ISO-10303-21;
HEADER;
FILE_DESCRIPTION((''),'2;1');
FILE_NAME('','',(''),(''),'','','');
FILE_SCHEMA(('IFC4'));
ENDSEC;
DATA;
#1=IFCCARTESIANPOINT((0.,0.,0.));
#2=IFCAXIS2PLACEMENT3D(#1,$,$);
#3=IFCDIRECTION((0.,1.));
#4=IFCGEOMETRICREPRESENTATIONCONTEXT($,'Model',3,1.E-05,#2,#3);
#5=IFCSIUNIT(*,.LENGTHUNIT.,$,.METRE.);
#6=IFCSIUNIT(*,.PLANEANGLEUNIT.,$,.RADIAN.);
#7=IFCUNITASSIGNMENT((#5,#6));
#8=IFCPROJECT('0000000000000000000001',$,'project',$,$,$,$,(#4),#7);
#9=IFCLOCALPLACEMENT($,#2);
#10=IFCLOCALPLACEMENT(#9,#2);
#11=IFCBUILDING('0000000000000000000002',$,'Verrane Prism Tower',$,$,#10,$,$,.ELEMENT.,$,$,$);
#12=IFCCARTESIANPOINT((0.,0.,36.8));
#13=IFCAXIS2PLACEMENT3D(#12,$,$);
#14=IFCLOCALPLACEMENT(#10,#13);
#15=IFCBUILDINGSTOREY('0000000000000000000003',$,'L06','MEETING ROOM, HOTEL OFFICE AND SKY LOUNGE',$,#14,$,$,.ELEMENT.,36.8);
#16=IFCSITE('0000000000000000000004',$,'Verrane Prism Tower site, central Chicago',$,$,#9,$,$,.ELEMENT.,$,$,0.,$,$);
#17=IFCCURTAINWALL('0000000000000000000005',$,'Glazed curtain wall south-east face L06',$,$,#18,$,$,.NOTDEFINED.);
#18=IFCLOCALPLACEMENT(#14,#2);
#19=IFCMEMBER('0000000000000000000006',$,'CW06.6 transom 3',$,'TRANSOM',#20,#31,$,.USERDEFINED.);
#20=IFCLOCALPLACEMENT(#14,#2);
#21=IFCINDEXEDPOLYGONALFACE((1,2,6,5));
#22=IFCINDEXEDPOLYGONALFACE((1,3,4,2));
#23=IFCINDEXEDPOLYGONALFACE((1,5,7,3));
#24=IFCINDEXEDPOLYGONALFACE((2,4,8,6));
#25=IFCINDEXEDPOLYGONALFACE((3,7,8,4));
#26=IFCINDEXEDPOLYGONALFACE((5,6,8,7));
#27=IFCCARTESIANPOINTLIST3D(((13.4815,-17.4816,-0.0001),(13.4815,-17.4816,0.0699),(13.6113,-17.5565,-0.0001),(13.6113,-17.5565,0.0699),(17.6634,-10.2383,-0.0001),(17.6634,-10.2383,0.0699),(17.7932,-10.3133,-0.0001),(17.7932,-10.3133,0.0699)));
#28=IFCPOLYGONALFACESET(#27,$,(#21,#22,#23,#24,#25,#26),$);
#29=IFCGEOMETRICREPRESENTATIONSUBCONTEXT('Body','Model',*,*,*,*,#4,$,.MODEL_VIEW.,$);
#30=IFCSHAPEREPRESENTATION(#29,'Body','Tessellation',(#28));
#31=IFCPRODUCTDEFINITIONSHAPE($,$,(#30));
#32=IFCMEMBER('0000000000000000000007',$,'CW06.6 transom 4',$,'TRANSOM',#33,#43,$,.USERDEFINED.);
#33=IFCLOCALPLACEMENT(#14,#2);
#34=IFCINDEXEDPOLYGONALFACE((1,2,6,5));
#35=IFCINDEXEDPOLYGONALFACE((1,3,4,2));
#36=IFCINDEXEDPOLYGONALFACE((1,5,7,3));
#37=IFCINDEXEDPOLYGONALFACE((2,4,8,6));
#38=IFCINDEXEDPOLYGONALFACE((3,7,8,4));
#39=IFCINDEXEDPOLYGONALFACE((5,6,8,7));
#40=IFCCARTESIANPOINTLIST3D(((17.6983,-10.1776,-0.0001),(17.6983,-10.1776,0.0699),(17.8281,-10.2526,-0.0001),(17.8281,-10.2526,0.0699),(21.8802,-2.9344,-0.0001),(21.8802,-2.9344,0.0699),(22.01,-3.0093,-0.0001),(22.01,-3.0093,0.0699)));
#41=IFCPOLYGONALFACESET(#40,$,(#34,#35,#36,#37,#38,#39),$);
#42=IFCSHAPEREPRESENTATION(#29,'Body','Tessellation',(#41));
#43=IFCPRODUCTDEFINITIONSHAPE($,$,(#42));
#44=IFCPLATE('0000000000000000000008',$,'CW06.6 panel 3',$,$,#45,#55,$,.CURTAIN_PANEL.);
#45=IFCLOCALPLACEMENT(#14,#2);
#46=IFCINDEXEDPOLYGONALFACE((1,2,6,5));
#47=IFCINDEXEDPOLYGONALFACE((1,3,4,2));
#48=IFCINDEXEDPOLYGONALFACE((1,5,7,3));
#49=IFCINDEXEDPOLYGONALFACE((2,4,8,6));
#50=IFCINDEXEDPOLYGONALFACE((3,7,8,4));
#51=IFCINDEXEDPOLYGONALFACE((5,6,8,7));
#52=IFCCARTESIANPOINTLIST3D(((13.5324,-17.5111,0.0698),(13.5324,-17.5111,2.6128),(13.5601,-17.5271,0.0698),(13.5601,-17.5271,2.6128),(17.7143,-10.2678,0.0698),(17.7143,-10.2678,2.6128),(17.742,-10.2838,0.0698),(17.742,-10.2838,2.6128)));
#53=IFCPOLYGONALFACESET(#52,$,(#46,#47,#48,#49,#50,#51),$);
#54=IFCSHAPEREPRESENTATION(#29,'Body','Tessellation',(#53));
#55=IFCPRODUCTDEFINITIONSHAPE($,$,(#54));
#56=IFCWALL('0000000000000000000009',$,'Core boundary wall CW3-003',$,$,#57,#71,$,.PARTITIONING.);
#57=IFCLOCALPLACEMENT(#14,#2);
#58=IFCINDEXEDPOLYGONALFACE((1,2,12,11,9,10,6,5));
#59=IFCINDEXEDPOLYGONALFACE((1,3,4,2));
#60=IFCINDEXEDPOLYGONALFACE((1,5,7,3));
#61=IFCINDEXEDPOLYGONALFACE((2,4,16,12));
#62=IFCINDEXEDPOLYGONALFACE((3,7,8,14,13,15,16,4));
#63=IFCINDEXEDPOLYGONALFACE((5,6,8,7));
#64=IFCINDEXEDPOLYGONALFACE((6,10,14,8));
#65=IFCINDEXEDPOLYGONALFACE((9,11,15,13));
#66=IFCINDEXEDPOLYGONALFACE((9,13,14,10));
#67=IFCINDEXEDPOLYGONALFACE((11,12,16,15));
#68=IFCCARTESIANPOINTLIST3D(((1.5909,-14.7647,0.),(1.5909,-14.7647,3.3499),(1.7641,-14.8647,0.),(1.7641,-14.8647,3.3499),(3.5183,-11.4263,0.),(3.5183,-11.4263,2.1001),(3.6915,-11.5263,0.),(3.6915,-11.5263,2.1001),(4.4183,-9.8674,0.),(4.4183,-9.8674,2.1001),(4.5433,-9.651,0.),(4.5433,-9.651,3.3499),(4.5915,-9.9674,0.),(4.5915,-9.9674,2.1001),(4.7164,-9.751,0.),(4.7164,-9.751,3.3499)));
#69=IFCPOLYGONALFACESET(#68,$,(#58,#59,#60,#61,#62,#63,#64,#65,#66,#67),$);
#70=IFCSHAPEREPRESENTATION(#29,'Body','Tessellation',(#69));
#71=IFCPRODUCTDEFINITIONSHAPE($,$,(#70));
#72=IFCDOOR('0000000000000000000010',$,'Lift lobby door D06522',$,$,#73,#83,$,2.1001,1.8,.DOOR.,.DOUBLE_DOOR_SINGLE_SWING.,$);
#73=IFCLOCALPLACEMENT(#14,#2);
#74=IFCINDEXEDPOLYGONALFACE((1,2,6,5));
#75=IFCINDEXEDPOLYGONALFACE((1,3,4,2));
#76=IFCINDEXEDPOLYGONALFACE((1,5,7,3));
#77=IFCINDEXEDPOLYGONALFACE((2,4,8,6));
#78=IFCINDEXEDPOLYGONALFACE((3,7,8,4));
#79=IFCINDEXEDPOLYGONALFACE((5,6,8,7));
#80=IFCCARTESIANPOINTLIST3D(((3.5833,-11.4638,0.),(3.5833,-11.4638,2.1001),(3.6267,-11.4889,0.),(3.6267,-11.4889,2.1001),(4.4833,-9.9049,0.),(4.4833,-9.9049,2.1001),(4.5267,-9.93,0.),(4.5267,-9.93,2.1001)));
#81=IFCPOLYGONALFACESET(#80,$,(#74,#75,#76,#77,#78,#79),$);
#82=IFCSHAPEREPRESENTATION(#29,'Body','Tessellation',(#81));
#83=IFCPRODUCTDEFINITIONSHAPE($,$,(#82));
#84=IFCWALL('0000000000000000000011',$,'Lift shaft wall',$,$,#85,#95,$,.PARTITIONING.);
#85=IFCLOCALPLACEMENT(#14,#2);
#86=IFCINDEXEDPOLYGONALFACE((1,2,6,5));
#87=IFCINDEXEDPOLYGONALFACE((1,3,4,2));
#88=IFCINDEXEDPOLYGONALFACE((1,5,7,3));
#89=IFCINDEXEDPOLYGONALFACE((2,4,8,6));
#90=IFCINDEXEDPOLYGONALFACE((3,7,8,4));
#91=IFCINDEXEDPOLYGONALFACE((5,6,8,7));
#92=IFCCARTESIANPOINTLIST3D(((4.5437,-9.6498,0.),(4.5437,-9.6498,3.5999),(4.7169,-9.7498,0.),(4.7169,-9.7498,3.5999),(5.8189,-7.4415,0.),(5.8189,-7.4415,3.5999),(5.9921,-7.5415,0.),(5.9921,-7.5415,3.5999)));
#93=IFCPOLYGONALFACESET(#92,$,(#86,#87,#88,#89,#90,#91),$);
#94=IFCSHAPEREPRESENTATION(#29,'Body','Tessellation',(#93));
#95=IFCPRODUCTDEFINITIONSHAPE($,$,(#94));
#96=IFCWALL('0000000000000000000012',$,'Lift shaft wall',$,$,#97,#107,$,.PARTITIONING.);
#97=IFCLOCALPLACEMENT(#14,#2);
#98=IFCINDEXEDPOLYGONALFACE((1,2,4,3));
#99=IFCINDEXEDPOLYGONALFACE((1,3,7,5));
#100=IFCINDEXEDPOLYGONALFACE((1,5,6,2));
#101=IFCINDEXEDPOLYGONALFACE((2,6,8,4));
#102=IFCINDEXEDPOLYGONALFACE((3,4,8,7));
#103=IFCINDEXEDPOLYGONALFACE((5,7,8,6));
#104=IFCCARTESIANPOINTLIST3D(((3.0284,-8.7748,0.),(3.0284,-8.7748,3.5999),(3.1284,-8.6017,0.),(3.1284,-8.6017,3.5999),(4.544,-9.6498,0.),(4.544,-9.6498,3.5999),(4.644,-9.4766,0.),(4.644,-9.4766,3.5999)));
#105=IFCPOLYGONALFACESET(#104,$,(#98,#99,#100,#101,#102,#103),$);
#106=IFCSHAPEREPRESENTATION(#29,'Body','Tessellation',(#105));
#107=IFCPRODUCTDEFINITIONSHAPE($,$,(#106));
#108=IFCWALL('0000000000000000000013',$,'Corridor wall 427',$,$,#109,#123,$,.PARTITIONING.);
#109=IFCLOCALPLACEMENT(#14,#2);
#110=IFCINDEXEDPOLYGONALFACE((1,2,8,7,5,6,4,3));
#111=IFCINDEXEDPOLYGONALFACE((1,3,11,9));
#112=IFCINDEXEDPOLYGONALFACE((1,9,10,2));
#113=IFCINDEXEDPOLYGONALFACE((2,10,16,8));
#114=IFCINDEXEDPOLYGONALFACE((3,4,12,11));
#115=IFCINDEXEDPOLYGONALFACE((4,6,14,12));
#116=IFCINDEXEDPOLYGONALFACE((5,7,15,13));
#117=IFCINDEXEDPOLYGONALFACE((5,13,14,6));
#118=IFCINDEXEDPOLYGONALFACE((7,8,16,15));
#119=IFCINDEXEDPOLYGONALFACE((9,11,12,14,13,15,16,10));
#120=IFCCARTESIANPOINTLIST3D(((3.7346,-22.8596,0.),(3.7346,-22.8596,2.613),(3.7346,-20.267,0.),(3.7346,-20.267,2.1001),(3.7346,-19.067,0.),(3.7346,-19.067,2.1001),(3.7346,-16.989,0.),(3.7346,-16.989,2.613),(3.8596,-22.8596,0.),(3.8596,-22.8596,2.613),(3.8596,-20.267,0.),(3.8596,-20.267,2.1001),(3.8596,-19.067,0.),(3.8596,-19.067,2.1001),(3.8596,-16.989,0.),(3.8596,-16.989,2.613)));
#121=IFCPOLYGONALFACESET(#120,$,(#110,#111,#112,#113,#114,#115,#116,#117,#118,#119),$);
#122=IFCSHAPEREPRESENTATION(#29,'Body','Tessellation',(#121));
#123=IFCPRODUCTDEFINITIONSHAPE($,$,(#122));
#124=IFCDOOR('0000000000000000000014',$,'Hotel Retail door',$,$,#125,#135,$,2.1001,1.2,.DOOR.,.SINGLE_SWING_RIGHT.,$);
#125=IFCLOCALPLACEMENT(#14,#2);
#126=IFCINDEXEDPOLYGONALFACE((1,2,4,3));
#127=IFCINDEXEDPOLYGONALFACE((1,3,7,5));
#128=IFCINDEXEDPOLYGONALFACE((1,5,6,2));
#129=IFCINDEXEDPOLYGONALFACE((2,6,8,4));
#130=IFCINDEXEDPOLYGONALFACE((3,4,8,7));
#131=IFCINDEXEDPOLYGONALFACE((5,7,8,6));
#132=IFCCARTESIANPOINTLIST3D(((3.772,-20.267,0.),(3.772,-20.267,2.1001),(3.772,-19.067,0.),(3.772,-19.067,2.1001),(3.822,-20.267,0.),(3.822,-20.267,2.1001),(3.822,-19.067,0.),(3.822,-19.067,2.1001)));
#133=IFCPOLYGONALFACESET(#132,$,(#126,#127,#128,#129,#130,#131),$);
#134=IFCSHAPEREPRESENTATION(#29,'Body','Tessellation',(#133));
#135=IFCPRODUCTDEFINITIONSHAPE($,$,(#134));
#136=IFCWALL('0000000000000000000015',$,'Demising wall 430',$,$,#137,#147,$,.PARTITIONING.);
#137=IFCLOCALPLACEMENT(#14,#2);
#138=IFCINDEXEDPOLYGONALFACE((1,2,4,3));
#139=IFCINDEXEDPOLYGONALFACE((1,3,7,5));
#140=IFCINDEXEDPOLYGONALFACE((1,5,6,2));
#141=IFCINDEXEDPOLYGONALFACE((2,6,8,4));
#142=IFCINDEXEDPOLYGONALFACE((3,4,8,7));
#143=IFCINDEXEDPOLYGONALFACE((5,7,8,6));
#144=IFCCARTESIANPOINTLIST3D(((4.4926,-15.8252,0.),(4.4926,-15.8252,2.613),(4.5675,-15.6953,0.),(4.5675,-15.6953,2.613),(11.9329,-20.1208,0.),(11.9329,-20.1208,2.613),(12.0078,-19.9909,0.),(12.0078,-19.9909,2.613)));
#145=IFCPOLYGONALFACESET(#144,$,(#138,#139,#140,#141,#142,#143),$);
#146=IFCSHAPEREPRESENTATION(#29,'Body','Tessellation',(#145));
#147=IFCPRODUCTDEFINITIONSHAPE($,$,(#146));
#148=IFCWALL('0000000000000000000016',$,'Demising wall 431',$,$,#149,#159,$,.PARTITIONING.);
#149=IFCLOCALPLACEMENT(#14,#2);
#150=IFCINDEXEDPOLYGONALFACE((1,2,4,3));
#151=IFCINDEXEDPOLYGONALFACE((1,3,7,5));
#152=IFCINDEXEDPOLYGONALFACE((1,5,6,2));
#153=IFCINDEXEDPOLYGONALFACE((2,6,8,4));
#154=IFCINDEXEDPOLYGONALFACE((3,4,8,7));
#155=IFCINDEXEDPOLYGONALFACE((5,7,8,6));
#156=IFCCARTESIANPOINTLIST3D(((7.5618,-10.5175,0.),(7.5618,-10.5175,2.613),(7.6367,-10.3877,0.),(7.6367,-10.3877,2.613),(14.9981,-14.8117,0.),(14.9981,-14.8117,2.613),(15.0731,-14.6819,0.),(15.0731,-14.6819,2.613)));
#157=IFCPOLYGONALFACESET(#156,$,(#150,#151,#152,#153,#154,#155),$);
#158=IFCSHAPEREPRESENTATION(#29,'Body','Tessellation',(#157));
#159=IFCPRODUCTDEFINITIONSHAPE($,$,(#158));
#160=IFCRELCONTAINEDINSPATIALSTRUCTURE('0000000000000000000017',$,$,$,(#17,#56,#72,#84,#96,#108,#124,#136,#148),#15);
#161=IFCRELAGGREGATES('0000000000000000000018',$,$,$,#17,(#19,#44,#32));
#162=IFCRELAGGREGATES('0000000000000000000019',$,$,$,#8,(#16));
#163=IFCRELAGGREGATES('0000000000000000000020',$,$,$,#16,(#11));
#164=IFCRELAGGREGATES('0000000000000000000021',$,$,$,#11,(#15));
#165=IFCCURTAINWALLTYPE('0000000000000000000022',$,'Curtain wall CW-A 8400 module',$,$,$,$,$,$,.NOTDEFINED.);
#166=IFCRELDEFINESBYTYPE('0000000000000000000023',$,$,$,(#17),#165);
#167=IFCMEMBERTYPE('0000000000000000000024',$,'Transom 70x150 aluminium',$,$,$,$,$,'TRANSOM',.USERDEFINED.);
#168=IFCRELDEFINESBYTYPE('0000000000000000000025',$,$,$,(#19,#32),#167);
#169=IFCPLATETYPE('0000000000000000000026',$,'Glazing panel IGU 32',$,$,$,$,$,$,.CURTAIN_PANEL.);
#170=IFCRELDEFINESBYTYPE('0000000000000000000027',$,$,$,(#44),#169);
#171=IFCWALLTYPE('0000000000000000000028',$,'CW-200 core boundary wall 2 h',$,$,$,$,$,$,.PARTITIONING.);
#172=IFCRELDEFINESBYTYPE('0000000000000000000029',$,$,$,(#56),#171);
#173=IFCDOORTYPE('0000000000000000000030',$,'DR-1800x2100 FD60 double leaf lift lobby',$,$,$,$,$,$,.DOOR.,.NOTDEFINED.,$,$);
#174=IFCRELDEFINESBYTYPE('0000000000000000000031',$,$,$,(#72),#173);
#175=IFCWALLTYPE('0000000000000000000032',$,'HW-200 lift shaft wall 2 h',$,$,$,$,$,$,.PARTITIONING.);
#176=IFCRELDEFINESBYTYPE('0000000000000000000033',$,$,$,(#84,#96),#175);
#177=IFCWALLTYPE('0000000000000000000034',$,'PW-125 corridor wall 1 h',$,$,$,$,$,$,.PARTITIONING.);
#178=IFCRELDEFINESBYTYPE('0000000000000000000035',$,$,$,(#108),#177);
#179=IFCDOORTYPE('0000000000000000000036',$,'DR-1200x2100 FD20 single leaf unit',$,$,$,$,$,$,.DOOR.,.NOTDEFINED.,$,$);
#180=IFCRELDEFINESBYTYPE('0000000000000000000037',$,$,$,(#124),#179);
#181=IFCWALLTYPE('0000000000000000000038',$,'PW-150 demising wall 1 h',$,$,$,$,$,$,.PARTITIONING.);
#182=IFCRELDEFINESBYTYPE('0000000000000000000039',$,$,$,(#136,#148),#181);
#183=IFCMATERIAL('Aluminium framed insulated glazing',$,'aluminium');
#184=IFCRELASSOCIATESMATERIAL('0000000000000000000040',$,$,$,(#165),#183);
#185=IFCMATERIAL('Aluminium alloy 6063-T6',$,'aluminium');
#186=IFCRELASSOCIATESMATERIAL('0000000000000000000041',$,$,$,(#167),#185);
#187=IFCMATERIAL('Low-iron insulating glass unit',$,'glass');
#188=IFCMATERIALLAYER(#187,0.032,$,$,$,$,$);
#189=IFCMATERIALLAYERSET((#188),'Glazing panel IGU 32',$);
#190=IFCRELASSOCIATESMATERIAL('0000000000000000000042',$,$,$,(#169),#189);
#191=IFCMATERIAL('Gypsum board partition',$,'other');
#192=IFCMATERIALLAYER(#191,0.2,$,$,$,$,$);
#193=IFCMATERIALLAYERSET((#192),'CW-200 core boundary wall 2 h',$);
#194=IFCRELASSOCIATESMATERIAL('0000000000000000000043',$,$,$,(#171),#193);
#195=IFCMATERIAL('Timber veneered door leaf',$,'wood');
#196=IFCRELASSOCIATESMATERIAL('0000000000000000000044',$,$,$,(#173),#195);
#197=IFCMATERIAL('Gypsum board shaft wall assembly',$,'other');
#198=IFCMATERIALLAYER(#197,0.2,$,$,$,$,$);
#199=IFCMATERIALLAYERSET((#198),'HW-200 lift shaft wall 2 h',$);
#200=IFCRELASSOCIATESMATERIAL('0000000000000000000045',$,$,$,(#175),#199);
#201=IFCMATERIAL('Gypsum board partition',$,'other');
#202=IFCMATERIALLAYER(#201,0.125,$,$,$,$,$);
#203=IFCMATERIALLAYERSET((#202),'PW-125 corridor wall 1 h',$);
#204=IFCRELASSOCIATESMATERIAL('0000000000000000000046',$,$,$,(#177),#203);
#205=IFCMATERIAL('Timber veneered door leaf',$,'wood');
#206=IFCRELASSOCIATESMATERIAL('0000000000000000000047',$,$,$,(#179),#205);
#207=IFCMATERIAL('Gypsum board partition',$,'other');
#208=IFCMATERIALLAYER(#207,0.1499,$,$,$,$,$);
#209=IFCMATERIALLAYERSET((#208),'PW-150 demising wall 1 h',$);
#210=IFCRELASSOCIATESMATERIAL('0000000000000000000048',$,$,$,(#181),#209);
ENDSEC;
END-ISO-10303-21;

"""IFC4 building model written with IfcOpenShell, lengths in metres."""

from ifc_helpers import new_model, si_unit, direction, frame, frame_2d, origin, origin_2d, place, context, subcontext, project, spatial, rectangle, extrude, material, layer, layer_set, material_profile, profile_set, type_object, element, fill, aggregate, save


model = new_model("IFC4")

# Units and contexts
model_context = context("Model", 3, precision=1e-05, world=origin(), true_north=direction((0.0, 1.0)))
body_context = subcontext(model_context, "Body", "Model", "MODEL_VIEW")
ifc_project = project(units=[si_unit("LENGTHUNIT", "METRE"), si_unit("PLANEANGLEUNIT", "RADIAN")], contexts=[model_context])

# Site, building, storey
site_placement = place(None, origin())
site = spatial("IfcSite", under=ifc_project, at=site_placement, Name="Verrane Prism Tower site, central Chicago", CompositionType="ELEMENT", RefElevation=0.0)
building_placement = place(site_placement, origin())
building = spatial("IfcBuilding", under=site, at=building_placement, Name="Verrane Prism Tower", CompositionType="ELEMENT")
storey_placement = place(building_placement, frame((0.0, 0.0, 36.8)))
storey = spatial("IfcBuildingStorey", under=building, at=storey_placement, Name="L06", Description="MEETING ROOM, HOTEL OFFICE AND SKY LOUNGE", CompositionType="ELEMENT", Elevation=36.8)

# Curtain wall
ifc_material_1 = material(Name="Aluminium framed insulated glazing", Category="aluminium")
curtain_wall_type = type_object("IfcCurtainWallType", Name="Curtain wall CW-A 8400 module", PredefinedType="NOTDEFINED", material=ifc_material_1)
curtain_wall_placement = place(storey_placement, origin())
curtain_wall = element("IfcCurtainWall", 1, at=curtain_wall_placement, inside=storey, type_object=curtain_wall_type, Name="Glazed curtain wall south-east face L06", PredefinedType="NOTDEFINED")

# Members
ifc_material_2 = material(Name="Aluminium alloy 6063-T6", Category="aluminium")
ifc_material_profile_1 = material_profile(ifc_material_2, rectangle(XDim=0.1499, YDim=0.0701, at=origin_2d()), Name="Transom 70x150 aluminium")
ifc_profile_set_1 = profile_set([ifc_material_profile_1], Name="Aluminium alloy 6063-T6")
member_type_1 = type_object("IfcMemberType", Name="Transom 70x150 aluminium", ElementType="TRANSOM", PredefinedType="USERDEFINED", material=ifc_profile_set_1)
member_1_placement = place(storey_placement, frame((13.5464, -17.519, 0.0349), z_axis=(0.500004, 0.866023, 0.0), x_axis=(-0.866023, 0.500004, 0.0)))
member_1 = element("IfcMember", 2, at=member_1_placement, type_object=member_type_1, Name="CW06.6 transom 3", ObjectType="TRANSOM", PredefinedType="USERDEFINED", context=body_context, shape_type="SweptSolid", body=[
    extrude(rectangle(XDim=0.1499, YDim=0.0701, at=origin_2d()), origin(), (0.0, 0.0, 1.0), 8.3638),
])
member_2_placement = place(storey_placement, frame((17.7632, -10.2151, 0.0349), z_axis=(0.500004, 0.866023, 0.0), x_axis=(-0.866023, 0.500004, 0.0)))
member_2 = element("IfcMember", 3, at=member_2_placement, type_object=member_type_1, Name="CW06.6 transom 4", ObjectType="TRANSOM", PredefinedType="USERDEFINED", context=body_context, shape_type="SweptSolid", body=[
    extrude(rectangle(XDim=0.1499, YDim=0.0701, at=origin_2d()), origin(), (0.0, 0.0, 1.0), 8.3638),
])

# Plate
ifc_material_3 = material(Name="Low-iron insulating glass unit", Category="glass")
ifc_layer_1 = layer(ifc_material_3, 0.032)
ifc_layer_set_1 = layer_set([ifc_layer_1], Name="Glazing panel IGU 32")
plate_type = type_object("IfcPlateType", Name="Glazing panel IGU 32", PredefinedType="CURTAIN_PANEL", material=ifc_layer_set_1)
plate_placement = place(storey_placement, frame((15.6372, -13.8975, 0.0698), z_axis=(0.0, 0.0, 1.0), x_axis=(0.5, 0.866025, 0.0)))
plate = element("IfcPlate", 4, at=plate_placement, type_object=plate_type, Name="CW06.6 panel 3", PredefinedType="CURTAIN_PANEL", context=body_context, shape_type="SweptSolid", body=[
    extrude(rectangle(XDim=8.3638, YDim=0.032, at=origin_2d()), origin(), (0.0, 0.0, 1.0), 2.543),
])
aggregate(curtain_wall, [member_1, plate, member_2])

# Wall, opening, door
ifc_material_4 = material(Name="Gypsum board partition", Category="other")
ifc_layer_2 = layer(ifc_material_4, 0.2)
ifc_layer_set_2 = layer_set([ifc_layer_2], Name="CW-200 core boundary wall 2 h")
wall_type_1 = type_object("IfcWallType", Name="CW-200 core boundary wall 2 h", PredefinedType="PARTITIONING", material=ifc_layer_set_2)
wall_1_placement = place(storey_placement, frame((1.6775, -14.8147, 0.0), z_axis=(0.0, 0.0, 1.0), x_axis=(0.499994, 0.866029, 0.0)))
wall_1 = element("IfcWall", 5, at=wall_1_placement, inside=storey, type_object=wall_type_1, Name="Core boundary wall CW3-003", PredefinedType="PARTITIONING", context=body_context, shape_type="SweptSolid", body=[
    extrude(rectangle(XDim=5.9048, YDim=0.2, at=frame_2d((2.9524, 0.0))), origin(), (0.0, 0.0, 1.0), 3.3499),
])
opening_1_placement = place(wall_1_placement, frame((3.855, 0.0, 0.0)))
opening_1 = element("IfcOpeningElement", 6, at=opening_1_placement, cuts=wall_1, PredefinedType="OPENING", context=body_context, shape_type="SweptSolid", body=[
    extrude(rectangle(XDim=1.8, YDim=2.1001, at=frame_2d((0.8999, 1.05))), frame((0.0, 0.1099, 0.0), z_axis=(0.0, -1.0, 0.0), x_axis=(1.0, 0.0, 0.0)), (0.0, 0.0, 1.0), 0.22),
])
ifc_material_5 = material(Name="Timber veneered door leaf", Category="wood")
door_type_1 = type_object("IfcDoorType", Name="DR-1800x2100 FD60 double leaf lift lobby", OperationType="NOTDEFINED", PredefinedType="DOOR", material=ifc_material_5)
door_1_placement = place(opening_1_placement, origin())
door_1 = element("IfcDoor", 7, at=door_1_placement, inside=storey, type_object=door_type_1, Name="Lift lobby door D06522", OperationType="DOUBLE_DOOR_SINGLE_SWING", OverallHeight=2.1001, OverallWidth=1.8, PredefinedType="DOOR", context=body_context, shape_type="SweptSolid", body=[
    extrude(rectangle(XDim=1.8, YDim=2.1001, at=frame_2d((0.8999, 1.05))), frame((0.0, 0.0249, 0.0), z_axis=(0.0, -1.0, 0.0), x_axis=(1.0, 0.0, 0.0)), (0.0, 0.0, 1.0), 0.05),
])
fill(opening_1, door_1)

# Walls
ifc_material_6 = material(Name="Gypsum board shaft wall assembly", Category="other")
ifc_layer_3 = layer(ifc_material_6, 0.2)
ifc_layer_set_3 = layer_set([ifc_layer_3], Name="HW-200 lift shaft wall 2 h")
wall_type_2 = type_object("IfcWallType", Name="HW-200 lift shaft wall 2 h", PredefinedType="PARTITIONING", material=ifc_layer_set_3)
wall_2_placement = place(storey_placement, frame((4.6304, -9.6997, 0.0), z_axis=(0.0, 0.0, 1.0), x_axis=(0.500062, 0.865989, 0.0)))
element("IfcWall", 8, at=wall_2_placement, inside=storey, type_object=wall_type_2, Name="Lift shaft wall", PredefinedType="PARTITIONING", context=body_context, shape_type="SweptSolid", body=[
    extrude(rectangle(XDim=2.55, YDim=0.2, at=frame_2d((1.2749, 0.0))), origin(), (0.0, 0.0, 1.0), 3.5999),
])
wall_3_placement = place(storey_placement, frame((4.594, -9.5632, 0.0), z_axis=(0.0, 0.0, 1.0), x_axis=(-0.866037, 0.49998, 0.0)))
element("IfcWall", 9, at=wall_3_placement, inside=storey, type_object=wall_type_2, Name="Lift shaft wall", PredefinedType="PARTITIONING", context=body_context, shape_type="SweptSolid", body=[
    extrude(rectangle(XDim=1.75, YDim=0.2, at=frame_2d((0.875, 0.0))), origin(), (0.0, 0.0, 1.0), 3.5999),
])

# Wall, opening, door
ifc_material_7 = material(Name="Gypsum board partition", Category="other")
ifc_layer_4 = layer(ifc_material_7, 0.125)
ifc_layer_set_4 = layer_set([ifc_layer_4], Name="PW-125 corridor wall 1 h")
wall_type_3 = type_object("IfcWallType", Name="PW-125 corridor wall 1 h", PredefinedType="PARTITIONING", material=ifc_layer_set_4)
wall_4_placement = place(storey_placement, frame((3.7971, -16.989, 0.0), z_axis=(0.0, 0.0, 1.0), x_axis=(0.0, -1.0, 0.0)))
wall_4 = element("IfcWall", 10, at=wall_4_placement, inside=storey, type_object=wall_type_3, Name="Corridor wall 427", PredefinedType="PARTITIONING", context=body_context, shape_type="SweptSolid", body=[
    extrude(rectangle(XDim=5.8706, YDim=0.125, at=frame_2d((2.9353, 0.0))), origin(), (0.0, 0.0, 1.0), 2.613),
])
opening_2_placement = place(wall_4_placement, frame((2.0779, 0.0, 0.0)))
opening_2 = element("IfcOpeningElement", 11, at=opening_2_placement, cuts=wall_4, PredefinedType="OPENING", context=body_context, shape_type="SweptSolid", body=[
    extrude(rectangle(XDim=1.2, YDim=2.1001, at=frame_2d((0.6001, 1.05))), frame((0.0, 0.0725, 0.0), z_axis=(0.0, -1.0, 0.0), x_axis=(1.0, 0.0, 0.0)), (0.0, 0.0, 1.0), 0.145),
])
ifc_material_8 = material(Name="Timber veneered door leaf", Category="wood")
door_type_2 = type_object("IfcDoorType", Name="DR-1200x2100 FD20 single leaf unit", OperationType="NOTDEFINED", PredefinedType="DOOR", material=ifc_material_8)
door_2_placement = place(opening_2_placement, origin())
door_2 = element("IfcDoor", 12, at=door_2_placement, inside=storey, type_object=door_type_2, Name="Hotel Retail door", OperationType="SINGLE_SWING_RIGHT", OverallHeight=2.1001, OverallWidth=1.2, PredefinedType="DOOR", context=body_context, shape_type="SweptSolid", body=[
    extrude(rectangle(XDim=1.2, YDim=2.1001, at=frame_2d((0.6001, 1.05))), frame((0.0, 0.0249, 0.0), z_axis=(0.0, -1.0, 0.0), x_axis=(1.0, 0.0, 0.0)), (0.0, 0.0, 1.0), 0.05),
])
fill(opening_2, door_2)

# Walls
ifc_material_9 = material(Name="Gypsum board partition", Category="other")
ifc_layer_5 = layer(ifc_material_9, 0.1499)
ifc_layer_set_5 = layer_set([ifc_layer_5], Name="PW-150 demising wall 1 h")
wall_type_4 = type_object("IfcWallType", Name="PW-150 demising wall 1 h", PredefinedType="PARTITIONING", material=ifc_layer_set_5)
wall_5_placement = place(storey_placement, frame((4.53, -15.7603, 0.0), z_axis=(0.0, 0.0, 1.0), x_axis=(0.866029, -0.499993, 0.0)))
element("IfcWall", 13, at=wall_5_placement, inside=storey, type_object=wall_type_4, Name="Demising wall 430", PredefinedType="PARTITIONING", context=body_context, shape_type="SweptSolid", body=[
    extrude(rectangle(XDim=8.5913, YDim=0.1499, at=frame_2d((4.2957, 0.0))), origin(), (0.0, 0.0, 1.0), 2.613),
])
wall_6_placement = place(storey_placement, frame((7.5994, -10.4526, 0.0), z_axis=(0.0, 0.0, 1.0), x_axis=(0.865982, -0.500074, 0.0)))
element("IfcWall", 14, at=wall_6_placement, inside=storey, type_object=wall_type_4, Name="Demising wall 431", PredefinedType="PARTITIONING", context=body_context, shape_type="SweptSolid", body=[
    extrude(rectangle(XDim=8.5872, YDim=0.1499, at=frame_2d((4.2935, 0.0))), origin(), (0.0, 0.0, 1.0), 2.613),
])

save(model, "model.ifc")
